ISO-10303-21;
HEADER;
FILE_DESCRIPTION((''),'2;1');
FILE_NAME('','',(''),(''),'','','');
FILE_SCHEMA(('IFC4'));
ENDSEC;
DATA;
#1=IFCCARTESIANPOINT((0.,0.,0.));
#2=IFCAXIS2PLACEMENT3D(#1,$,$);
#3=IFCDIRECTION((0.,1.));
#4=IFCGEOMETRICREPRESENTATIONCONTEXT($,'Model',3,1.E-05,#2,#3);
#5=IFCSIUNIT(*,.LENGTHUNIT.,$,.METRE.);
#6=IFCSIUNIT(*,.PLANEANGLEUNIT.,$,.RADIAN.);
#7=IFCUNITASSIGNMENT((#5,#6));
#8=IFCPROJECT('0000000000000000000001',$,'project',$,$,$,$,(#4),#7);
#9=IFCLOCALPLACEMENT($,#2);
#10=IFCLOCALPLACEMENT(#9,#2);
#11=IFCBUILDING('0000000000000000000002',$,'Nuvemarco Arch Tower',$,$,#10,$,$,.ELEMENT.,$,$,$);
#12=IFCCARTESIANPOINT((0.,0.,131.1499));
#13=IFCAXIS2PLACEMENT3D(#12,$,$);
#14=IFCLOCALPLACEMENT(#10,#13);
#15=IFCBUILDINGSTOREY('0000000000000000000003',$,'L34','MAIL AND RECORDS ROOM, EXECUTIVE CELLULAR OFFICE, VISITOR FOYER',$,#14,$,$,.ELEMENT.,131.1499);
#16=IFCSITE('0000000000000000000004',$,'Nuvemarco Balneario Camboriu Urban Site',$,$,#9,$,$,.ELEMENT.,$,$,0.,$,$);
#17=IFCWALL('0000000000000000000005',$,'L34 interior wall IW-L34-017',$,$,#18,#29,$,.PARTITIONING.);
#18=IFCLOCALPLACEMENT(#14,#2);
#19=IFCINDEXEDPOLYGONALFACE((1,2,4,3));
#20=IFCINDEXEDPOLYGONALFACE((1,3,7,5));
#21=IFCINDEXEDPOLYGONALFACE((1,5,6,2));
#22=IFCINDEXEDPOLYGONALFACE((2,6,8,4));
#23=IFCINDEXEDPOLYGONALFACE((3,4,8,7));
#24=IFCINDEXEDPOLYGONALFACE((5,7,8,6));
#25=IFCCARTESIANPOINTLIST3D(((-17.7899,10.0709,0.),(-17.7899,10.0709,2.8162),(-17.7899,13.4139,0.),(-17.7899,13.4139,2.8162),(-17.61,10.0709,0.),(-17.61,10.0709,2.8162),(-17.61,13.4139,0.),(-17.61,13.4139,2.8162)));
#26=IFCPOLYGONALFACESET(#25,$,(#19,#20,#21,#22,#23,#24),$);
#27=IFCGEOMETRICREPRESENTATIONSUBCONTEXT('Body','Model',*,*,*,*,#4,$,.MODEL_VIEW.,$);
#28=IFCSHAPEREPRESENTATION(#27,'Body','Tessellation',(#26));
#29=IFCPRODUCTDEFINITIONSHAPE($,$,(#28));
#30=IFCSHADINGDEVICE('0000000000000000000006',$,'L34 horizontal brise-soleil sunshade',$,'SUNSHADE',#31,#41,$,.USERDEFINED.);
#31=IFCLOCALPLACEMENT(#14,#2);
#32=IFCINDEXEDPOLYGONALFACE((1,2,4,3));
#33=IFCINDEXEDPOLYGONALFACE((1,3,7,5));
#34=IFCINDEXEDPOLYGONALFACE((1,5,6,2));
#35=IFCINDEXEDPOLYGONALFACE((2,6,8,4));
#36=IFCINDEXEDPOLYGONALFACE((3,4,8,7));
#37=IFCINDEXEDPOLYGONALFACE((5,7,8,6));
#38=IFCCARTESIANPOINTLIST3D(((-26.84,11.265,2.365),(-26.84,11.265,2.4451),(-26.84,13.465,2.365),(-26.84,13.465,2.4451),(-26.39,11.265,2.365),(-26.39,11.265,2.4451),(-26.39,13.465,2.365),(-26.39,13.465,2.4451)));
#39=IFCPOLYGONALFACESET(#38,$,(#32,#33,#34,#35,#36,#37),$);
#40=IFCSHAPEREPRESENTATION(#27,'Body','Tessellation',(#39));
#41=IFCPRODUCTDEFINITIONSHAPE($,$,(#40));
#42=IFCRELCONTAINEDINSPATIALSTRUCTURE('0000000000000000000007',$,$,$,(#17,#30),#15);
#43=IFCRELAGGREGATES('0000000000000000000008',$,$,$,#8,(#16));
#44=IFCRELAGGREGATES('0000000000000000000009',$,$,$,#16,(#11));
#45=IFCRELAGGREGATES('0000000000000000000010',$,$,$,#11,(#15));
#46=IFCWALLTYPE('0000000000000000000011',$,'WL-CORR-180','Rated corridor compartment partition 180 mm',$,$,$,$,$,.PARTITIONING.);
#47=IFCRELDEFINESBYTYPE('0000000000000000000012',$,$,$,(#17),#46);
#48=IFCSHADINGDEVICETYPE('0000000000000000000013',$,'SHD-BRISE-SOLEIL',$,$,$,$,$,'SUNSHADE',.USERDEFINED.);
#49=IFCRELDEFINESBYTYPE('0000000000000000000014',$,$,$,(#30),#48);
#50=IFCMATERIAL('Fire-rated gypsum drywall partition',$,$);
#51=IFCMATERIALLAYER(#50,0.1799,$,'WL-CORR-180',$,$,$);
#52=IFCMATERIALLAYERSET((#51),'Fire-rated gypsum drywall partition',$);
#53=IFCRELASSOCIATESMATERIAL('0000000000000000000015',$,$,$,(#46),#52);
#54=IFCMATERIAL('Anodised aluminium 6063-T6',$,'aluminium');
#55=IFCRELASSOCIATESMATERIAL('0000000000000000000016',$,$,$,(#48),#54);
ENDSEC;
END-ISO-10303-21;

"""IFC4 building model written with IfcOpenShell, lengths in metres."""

from ifc_helpers import new_model, si_unit, direction, frame, frame_2d, origin, origin_2d, place, context, subcontext, project, spatial, rectangle, extrude, source, transform, mapped, material, layer, layer_set, type_object, type_shapes, element, save


model = new_model("IFC4")

# Units and contexts
model_context = context("Model", 3, precision=1e-05, world=origin(), true_north=direction((0.0, 1.0)))
body_context = subcontext(model_context, "Body", "Model", "MODEL_VIEW")
ifc_project = project(units=[si_unit("LENGTHUNIT", "METRE"), si_unit("PLANEANGLEUNIT", "RADIAN")], contexts=[model_context])

# Site, building, storey
site_placement = place(None, origin())
site = spatial("IfcSite", under=ifc_project, at=site_placement, Name="Nuvemarco Balneario Camboriu Urban Site", CompositionType="ELEMENT", RefElevation=0.0)
building_placement = place(site_placement, origin())
building = spatial("IfcBuilding", under=site, at=building_placement, Name="Nuvemarco Arch Tower", CompositionType="ELEMENT")
storey_placement = place(building_placement, frame((0.0, 0.0, 131.1499)))
storey = spatial("IfcBuildingStorey", under=building, at=storey_placement, Name="L34", Description="MAIL AND RECORDS ROOM, EXECUTIVE CELLULAR OFFICE, VISITOR FOYER", CompositionType="ELEMENT", Elevation=131.1499)

# Shared definitions
ifc_material_1 = material(Name="Fire-rated gypsum drywall partition")
ifc_layer = layer(ifc_material_1, 0.1799, Name="WL-CORR-180")
ifc_layer_set = layer_set([ifc_layer], Name="Fire-rated gypsum drywall partition")
wall_type = type_object("IfcWallType", Name="WL-CORR-180", Description="Rated corridor compartment partition 180 mm", PredefinedType="PARTITIONING", material=ifc_layer_set)

# Wall
wall_1_placement = place(storey_placement, frame((-17.7, 10.071, 0.0), z_axis=(0.0, 0.0, 1.0), x_axis=(0.0, 1.0, 0.0)))
element("IfcWall", 1, at=wall_1_placement, inside=storey, type_object=wall_type, Name="L34 interior wall IW-L34-017", PredefinedType="PARTITIONING", context=body_context, shape_type="SweptSolid", body=[
    extrude(rectangle(XDim=3.343, YDim=0.1799, at=frame_2d((1.6714, 0.0))), origin(), (0.0, 0.0, 1.0), 2.8162),
])

# Shading device
ifc_material_2 = material(Name="Anodised aluminium 6063-T6", Category="aluminium")
shading_device_type = type_object("IfcShadingDeviceType", Name="SHD-BRISE-SOLEIL", ElementType="SUNSHADE", PredefinedType="USERDEFINED", material=ifc_material_2)
shared_shape_1 = source(origin(), body_context, "Body", "SweptSolid", [
    extrude(rectangle(XDim=2.2, YDim=0.45, at=origin_2d()), origin(), (0.0, 0.0, 1.0), 0.0801),
])
type_shapes(shading_device_type, [shared_shape_1])
shading_device_placement = place(storey_placement, frame((-26.615, 12.365, 2.365), z_axis=(0.0, 0.0, 1.0), x_axis=(0.0, 1.0, 0.0)))
element("IfcShadingDevice", 2, at=shading_device_placement, inside=storey, type_object=shading_device_type, Name="L34 horizontal brise-soleil sunshade", ObjectType="SUNSHADE", PredefinedType="USERDEFINED", context=body_context, shape_type="MappedRepresentation", body=[
    mapped(shared_shape_1, transform((0.0, 0.0, 0.0), scale=1.0)),
])

save(model, "model.ifc")
